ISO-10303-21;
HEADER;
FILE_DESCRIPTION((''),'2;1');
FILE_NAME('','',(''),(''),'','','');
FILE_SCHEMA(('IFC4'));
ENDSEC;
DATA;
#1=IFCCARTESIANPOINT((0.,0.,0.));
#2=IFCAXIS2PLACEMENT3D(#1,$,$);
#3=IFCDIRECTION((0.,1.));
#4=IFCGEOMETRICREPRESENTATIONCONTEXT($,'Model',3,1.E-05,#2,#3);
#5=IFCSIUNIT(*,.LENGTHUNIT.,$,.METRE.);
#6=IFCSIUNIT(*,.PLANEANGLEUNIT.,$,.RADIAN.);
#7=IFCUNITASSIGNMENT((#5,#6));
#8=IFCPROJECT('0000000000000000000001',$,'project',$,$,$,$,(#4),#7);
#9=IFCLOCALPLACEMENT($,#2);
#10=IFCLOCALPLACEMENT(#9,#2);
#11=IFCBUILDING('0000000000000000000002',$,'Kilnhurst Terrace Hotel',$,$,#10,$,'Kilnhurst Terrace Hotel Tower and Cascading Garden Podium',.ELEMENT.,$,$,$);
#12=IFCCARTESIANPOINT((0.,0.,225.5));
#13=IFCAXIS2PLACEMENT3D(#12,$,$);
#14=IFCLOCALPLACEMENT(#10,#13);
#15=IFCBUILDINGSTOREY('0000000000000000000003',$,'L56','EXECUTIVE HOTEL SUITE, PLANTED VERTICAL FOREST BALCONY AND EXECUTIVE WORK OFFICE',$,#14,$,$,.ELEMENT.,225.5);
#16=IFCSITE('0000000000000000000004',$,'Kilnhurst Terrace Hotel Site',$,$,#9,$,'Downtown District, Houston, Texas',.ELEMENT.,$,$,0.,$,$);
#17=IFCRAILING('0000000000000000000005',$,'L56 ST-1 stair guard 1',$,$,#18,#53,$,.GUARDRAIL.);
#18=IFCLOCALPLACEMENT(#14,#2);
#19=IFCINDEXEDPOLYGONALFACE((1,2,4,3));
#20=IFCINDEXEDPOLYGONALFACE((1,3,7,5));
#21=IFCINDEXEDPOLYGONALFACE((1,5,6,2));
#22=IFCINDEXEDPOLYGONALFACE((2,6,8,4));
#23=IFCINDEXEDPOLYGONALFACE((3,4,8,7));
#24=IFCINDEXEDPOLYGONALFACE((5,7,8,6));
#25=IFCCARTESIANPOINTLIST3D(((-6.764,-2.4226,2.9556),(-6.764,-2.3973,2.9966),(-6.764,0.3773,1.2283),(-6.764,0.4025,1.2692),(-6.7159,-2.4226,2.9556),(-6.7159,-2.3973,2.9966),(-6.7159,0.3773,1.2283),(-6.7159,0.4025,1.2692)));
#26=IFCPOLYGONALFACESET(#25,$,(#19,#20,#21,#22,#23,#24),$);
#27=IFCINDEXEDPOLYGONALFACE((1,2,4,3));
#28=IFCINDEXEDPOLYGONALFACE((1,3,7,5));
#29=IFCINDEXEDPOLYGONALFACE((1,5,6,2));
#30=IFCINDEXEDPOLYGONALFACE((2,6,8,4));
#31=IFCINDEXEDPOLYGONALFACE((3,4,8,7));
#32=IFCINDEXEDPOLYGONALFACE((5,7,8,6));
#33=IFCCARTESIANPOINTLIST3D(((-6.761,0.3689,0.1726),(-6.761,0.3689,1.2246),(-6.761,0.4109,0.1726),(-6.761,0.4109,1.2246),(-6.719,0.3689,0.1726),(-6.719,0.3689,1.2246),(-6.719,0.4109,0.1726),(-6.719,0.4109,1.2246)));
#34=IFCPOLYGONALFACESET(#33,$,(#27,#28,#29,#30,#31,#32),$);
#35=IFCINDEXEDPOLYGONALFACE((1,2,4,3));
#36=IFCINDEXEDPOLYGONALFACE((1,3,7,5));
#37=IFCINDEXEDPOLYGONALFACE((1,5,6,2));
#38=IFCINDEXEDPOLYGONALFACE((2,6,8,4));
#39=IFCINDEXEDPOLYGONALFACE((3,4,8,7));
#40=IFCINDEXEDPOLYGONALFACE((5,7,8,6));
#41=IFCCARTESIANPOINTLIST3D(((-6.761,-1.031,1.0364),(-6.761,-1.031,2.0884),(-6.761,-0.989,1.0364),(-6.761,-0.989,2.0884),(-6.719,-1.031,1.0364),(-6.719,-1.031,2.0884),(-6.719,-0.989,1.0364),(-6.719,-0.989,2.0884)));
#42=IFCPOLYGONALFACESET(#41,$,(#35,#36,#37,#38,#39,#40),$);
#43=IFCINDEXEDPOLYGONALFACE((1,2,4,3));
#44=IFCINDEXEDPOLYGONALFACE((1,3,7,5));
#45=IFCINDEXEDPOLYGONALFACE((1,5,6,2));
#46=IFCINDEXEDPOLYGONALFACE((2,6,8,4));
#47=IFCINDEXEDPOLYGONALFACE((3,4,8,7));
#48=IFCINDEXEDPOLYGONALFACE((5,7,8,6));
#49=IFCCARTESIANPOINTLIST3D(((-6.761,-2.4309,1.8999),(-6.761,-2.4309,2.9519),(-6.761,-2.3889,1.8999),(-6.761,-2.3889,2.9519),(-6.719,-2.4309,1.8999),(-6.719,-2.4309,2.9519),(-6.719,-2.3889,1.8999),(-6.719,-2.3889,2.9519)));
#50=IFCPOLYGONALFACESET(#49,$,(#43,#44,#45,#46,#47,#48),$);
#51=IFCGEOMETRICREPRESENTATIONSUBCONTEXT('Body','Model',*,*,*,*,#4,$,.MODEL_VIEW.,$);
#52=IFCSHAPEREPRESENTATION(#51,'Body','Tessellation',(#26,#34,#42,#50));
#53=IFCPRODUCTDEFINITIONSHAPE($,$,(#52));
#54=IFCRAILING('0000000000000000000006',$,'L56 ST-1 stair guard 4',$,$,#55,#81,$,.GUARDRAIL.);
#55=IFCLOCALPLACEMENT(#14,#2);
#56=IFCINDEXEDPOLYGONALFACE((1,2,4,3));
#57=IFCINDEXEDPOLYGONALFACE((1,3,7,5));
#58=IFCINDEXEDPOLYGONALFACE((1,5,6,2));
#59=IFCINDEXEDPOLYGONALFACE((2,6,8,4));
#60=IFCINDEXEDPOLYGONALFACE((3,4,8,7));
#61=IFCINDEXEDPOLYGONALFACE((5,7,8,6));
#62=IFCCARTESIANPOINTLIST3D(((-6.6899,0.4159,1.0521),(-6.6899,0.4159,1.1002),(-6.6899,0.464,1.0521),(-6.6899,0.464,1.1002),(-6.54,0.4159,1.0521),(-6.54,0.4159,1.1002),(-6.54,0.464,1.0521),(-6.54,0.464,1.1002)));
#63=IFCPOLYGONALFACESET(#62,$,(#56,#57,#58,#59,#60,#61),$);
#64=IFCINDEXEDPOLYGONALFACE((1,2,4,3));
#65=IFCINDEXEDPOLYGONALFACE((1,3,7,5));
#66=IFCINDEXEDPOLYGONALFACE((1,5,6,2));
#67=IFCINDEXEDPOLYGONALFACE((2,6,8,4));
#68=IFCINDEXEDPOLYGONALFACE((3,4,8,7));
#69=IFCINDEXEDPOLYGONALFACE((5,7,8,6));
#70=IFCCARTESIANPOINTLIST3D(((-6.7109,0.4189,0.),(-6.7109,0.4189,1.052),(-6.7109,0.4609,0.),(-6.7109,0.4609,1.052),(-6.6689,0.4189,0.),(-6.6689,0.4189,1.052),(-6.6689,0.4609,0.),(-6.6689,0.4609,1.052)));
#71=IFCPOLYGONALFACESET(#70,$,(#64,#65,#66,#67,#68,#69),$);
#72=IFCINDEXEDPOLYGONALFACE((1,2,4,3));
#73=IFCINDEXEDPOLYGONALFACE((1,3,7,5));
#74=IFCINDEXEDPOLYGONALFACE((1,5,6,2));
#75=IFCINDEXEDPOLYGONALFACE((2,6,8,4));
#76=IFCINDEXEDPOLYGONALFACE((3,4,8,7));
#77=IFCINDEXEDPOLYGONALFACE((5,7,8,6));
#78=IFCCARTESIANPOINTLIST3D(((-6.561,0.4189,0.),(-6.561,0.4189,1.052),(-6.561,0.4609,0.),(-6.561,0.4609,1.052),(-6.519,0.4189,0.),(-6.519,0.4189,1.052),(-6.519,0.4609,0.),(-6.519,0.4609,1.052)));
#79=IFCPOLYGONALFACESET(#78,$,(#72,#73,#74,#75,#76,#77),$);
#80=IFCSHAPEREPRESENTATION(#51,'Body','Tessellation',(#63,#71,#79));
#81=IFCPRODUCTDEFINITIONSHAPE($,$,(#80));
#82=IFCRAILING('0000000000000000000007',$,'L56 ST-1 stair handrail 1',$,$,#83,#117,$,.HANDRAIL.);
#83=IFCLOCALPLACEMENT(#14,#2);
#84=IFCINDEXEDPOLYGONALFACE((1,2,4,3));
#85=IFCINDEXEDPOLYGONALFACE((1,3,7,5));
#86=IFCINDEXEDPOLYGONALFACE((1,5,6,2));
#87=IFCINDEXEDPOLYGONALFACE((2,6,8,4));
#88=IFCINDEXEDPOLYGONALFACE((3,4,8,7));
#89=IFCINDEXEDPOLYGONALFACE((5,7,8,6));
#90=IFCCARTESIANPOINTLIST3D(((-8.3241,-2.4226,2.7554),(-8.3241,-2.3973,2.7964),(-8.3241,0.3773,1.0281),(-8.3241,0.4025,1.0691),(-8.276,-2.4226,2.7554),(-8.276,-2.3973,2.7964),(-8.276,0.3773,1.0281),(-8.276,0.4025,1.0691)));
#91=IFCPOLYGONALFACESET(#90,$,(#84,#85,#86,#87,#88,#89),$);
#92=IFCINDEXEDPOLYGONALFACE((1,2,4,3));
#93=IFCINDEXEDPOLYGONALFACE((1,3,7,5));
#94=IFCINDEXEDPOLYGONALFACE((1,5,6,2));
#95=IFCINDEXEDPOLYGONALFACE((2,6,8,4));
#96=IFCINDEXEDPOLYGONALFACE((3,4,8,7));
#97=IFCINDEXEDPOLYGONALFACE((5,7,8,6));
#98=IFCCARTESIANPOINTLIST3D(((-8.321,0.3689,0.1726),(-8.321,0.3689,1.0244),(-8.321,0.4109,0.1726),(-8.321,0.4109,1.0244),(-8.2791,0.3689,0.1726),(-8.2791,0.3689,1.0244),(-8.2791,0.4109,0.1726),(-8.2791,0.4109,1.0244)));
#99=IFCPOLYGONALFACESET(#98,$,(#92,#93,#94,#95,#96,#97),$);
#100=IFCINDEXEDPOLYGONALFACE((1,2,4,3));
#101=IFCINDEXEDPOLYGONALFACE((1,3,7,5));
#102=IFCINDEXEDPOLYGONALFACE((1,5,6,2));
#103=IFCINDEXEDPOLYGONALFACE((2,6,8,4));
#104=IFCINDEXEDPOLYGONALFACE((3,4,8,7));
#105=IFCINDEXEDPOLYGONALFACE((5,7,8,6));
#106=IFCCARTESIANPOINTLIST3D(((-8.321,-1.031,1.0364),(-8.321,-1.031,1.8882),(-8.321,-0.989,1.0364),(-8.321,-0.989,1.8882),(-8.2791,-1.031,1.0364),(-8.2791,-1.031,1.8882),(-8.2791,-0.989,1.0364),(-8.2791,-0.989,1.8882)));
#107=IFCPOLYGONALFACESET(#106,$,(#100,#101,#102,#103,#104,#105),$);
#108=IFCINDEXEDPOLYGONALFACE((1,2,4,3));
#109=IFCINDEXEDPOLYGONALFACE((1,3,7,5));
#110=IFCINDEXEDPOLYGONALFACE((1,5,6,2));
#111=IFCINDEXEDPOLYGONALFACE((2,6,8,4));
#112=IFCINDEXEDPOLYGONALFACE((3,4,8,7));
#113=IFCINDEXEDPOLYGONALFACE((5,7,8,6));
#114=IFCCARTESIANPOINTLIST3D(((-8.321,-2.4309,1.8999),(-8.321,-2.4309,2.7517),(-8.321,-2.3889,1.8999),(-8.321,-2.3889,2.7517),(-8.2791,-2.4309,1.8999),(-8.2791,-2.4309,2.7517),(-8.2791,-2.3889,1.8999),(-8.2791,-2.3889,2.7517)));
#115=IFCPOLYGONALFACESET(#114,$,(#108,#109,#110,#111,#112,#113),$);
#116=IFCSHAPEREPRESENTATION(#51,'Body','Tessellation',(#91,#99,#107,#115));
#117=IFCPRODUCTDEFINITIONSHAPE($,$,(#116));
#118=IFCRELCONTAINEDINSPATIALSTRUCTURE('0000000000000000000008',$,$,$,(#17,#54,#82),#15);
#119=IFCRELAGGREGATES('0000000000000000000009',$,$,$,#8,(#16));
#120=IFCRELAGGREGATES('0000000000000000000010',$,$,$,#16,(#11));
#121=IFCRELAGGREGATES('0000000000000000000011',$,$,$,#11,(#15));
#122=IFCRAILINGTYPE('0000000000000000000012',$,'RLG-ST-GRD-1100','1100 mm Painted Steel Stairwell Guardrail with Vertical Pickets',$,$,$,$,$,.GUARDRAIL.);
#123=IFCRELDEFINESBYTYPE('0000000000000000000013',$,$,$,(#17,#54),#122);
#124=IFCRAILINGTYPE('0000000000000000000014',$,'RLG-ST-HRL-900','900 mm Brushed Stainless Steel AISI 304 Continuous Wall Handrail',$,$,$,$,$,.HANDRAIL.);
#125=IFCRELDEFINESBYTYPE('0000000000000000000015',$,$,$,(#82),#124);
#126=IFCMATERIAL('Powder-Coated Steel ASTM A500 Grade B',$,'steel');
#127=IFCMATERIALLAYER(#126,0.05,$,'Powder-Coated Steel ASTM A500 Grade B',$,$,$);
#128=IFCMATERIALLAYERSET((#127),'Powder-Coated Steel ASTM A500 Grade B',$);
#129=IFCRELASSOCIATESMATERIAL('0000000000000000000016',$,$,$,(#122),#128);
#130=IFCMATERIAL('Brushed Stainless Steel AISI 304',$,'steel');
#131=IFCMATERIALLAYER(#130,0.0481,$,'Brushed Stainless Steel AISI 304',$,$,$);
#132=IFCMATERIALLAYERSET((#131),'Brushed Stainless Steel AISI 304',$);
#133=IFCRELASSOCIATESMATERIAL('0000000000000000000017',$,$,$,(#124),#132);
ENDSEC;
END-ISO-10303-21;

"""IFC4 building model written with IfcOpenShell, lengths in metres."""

from ifc_helpers import new_model, si_unit, direction, frame, origin, origin_2d, place, context, subcontext, project, spatial, rectangle, extrude, material, layer, layer_set, type_object, element, save


model = new_model("IFC4")

# Units and contexts
model_context = context("Model", 3, precision=1e-05, world=origin(), true_north=direction((0.0, 1.0)))
body_context = subcontext(model_context, "Body", "Model", "MODEL_VIEW")
ifc_project = project(units=[si_unit("LENGTHUNIT", "METRE"), si_unit("PLANEANGLEUNIT", "RADIAN")], contexts=[model_context])

# Site, building, storey
site_placement = place(None, origin())
site = spatial("IfcSite", under=ifc_project, at=site_placement, Name="Kilnhurst Terrace Hotel Site", LongName="Downtown District, Houston, Texas", CompositionType="ELEMENT", RefElevation=0.0)
building_placement = place(site_placement, origin())
building = spatial("IfcBuilding", under=site, at=building_placement, Name="Kilnhurst Terrace Hotel", LongName="Kilnhurst Terrace Hotel Tower and Cascading Garden Podium", CompositionType="ELEMENT")
storey_placement = place(building_placement, frame((0.0, 0.0, 225.5)))
storey = spatial("IfcBuildingStorey", under=building, at=storey_placement, Name="L56", Description="EXECUTIVE HOTEL SUITE, PLANTED VERTICAL FOREST BALCONY AND EXECUTIVE WORK OFFICE", CompositionType="ELEMENT", Elevation=225.5)

# Railings
ifc_material_1 = material(Name="Powder-Coated Steel ASTM A500 Grade B", Category="steel")
ifc_layer_1 = layer(ifc_material_1, 0.05, Name="Powder-Coated Steel ASTM A500 Grade B")
ifc_layer_set_1 = layer_set([ifc_layer_1], Name="Powder-Coated Steel ASTM A500 Grade B")
railing_type_1 = type_object("IfcRailingType", Name="RLG-ST-GRD-1100", Description="1100 mm Painted Steel Stairwell Guardrail with Vertical Pickets", PredefinedType="GUARDRAIL", material=ifc_layer_set_1)
railing_1_placement = place(storey_placement, frame((-6.74, 0.3899, 0.1726)))
element("IfcRailing", 1, at=railing_1_placement, inside=storey, type_object=railing_type_1, Name="L56 ST-1 stair guard 1", PredefinedType="GUARDRAIL", context=body_context, shape_type="SweptSolid", body=[
    extrude(rectangle(XDim=0.0481, YDim=0.0481, at=origin_2d()), frame((0.0, 0.0, 1.0762), z_axis=(0.0, -0.851069, 0.525054), x_axis=(1.0, 0.0, 0.0)), (0.0, 0.0, 1.0), 3.2898),
    extrude(rectangle(XDim=0.042, YDim=0.042, at=origin_2d()), origin(), (0.0, 0.0, 1.0), 1.052),
    extrude(rectangle(XDim=0.042, YDim=0.042, at=origin_2d()), frame((0.0, -1.3999, 0.8638)), (0.0, 0.0, 1.0), 1.052),
    extrude(rectangle(XDim=0.042, YDim=0.042, at=origin_2d()), frame((0.0, -2.7998, 1.7273)), (0.0, 0.0, 1.0), 1.052),
])
railing_2_placement = place(storey_placement, frame((-6.6899, 0.4399, 0.0)))
element("IfcRailing", 2, at=railing_2_placement, inside=storey, type_object=railing_type_1, Name="L56 ST-1 stair guard 4", PredefinedType="GUARDRAIL", context=body_context, shape_type="SweptSolid", body=[
    extrude(rectangle(XDim=0.0481, YDim=0.0481, at=origin_2d()), frame((0.0, 0.0, 1.0762), z_axis=(1.0, 0.0, 0.0), x_axis=(0.0, 1.0, 0.0)), (0.0, 0.0, 1.0), 0.1499),
    extrude(rectangle(XDim=0.042, YDim=0.042, at=origin_2d()), origin(), (0.0, 0.0, 1.0), 1.052),
    extrude(rectangle(XDim=0.042, YDim=0.042, at=origin_2d()), frame((0.1499, 0.0, 0.0)), (0.0, 0.0, 1.0), 1.052),
])
ifc_material_2 = material(Name="Brushed Stainless Steel AISI 304", Category="steel")
ifc_layer_2 = layer(ifc_material_2, 0.0481, Name="Brushed Stainless Steel AISI 304")
ifc_layer_set_2 = layer_set([ifc_layer_2], Name="Brushed Stainless Steel AISI 304")
railing_type_2 = type_object("IfcRailingType", Name="RLG-ST-HRL-900", Description="900 mm Brushed Stainless Steel AISI 304 Continuous Wall Handrail", PredefinedType="HANDRAIL", material=ifc_layer_set_2)
railing_3_placement = place(storey_placement, frame((-8.3, 0.3899, 0.1726)))
element("IfcRailing", 3, at=railing_3_placement, inside=storey, type_object=railing_type_2, Name="L56 ST-1 stair handrail 1", PredefinedType="HANDRAIL", context=body_context, shape_type="SweptSolid", body=[
    extrude(rectangle(XDim=0.0481, YDim=0.0481, at=origin_2d()), frame((0.0, 0.0, 0.876), z_axis=(0.0, -0.851069, 0.525054), x_axis=(1.0, 0.0, 0.0)), (0.0, 0.0, 1.0), 3.2898),
    extrude(rectangle(XDim=0.042, YDim=0.042, at=origin_2d()), origin(), (0.0, 0.0, 1.0), 0.8518),
    extrude(rectangle(XDim=0.042, YDim=0.042, at=origin_2d()), frame((0.0, -1.3999, 0.8638)), (0.0, 0.0, 1.0), 0.8518),
    extrude(rectangle(XDim=0.042, YDim=0.042, at=origin_2d()), frame((0.0, -2.7998, 1.7273)), (0.0, 0.0, 1.0), 0.8518),
])

save(model, "model.ifc")
